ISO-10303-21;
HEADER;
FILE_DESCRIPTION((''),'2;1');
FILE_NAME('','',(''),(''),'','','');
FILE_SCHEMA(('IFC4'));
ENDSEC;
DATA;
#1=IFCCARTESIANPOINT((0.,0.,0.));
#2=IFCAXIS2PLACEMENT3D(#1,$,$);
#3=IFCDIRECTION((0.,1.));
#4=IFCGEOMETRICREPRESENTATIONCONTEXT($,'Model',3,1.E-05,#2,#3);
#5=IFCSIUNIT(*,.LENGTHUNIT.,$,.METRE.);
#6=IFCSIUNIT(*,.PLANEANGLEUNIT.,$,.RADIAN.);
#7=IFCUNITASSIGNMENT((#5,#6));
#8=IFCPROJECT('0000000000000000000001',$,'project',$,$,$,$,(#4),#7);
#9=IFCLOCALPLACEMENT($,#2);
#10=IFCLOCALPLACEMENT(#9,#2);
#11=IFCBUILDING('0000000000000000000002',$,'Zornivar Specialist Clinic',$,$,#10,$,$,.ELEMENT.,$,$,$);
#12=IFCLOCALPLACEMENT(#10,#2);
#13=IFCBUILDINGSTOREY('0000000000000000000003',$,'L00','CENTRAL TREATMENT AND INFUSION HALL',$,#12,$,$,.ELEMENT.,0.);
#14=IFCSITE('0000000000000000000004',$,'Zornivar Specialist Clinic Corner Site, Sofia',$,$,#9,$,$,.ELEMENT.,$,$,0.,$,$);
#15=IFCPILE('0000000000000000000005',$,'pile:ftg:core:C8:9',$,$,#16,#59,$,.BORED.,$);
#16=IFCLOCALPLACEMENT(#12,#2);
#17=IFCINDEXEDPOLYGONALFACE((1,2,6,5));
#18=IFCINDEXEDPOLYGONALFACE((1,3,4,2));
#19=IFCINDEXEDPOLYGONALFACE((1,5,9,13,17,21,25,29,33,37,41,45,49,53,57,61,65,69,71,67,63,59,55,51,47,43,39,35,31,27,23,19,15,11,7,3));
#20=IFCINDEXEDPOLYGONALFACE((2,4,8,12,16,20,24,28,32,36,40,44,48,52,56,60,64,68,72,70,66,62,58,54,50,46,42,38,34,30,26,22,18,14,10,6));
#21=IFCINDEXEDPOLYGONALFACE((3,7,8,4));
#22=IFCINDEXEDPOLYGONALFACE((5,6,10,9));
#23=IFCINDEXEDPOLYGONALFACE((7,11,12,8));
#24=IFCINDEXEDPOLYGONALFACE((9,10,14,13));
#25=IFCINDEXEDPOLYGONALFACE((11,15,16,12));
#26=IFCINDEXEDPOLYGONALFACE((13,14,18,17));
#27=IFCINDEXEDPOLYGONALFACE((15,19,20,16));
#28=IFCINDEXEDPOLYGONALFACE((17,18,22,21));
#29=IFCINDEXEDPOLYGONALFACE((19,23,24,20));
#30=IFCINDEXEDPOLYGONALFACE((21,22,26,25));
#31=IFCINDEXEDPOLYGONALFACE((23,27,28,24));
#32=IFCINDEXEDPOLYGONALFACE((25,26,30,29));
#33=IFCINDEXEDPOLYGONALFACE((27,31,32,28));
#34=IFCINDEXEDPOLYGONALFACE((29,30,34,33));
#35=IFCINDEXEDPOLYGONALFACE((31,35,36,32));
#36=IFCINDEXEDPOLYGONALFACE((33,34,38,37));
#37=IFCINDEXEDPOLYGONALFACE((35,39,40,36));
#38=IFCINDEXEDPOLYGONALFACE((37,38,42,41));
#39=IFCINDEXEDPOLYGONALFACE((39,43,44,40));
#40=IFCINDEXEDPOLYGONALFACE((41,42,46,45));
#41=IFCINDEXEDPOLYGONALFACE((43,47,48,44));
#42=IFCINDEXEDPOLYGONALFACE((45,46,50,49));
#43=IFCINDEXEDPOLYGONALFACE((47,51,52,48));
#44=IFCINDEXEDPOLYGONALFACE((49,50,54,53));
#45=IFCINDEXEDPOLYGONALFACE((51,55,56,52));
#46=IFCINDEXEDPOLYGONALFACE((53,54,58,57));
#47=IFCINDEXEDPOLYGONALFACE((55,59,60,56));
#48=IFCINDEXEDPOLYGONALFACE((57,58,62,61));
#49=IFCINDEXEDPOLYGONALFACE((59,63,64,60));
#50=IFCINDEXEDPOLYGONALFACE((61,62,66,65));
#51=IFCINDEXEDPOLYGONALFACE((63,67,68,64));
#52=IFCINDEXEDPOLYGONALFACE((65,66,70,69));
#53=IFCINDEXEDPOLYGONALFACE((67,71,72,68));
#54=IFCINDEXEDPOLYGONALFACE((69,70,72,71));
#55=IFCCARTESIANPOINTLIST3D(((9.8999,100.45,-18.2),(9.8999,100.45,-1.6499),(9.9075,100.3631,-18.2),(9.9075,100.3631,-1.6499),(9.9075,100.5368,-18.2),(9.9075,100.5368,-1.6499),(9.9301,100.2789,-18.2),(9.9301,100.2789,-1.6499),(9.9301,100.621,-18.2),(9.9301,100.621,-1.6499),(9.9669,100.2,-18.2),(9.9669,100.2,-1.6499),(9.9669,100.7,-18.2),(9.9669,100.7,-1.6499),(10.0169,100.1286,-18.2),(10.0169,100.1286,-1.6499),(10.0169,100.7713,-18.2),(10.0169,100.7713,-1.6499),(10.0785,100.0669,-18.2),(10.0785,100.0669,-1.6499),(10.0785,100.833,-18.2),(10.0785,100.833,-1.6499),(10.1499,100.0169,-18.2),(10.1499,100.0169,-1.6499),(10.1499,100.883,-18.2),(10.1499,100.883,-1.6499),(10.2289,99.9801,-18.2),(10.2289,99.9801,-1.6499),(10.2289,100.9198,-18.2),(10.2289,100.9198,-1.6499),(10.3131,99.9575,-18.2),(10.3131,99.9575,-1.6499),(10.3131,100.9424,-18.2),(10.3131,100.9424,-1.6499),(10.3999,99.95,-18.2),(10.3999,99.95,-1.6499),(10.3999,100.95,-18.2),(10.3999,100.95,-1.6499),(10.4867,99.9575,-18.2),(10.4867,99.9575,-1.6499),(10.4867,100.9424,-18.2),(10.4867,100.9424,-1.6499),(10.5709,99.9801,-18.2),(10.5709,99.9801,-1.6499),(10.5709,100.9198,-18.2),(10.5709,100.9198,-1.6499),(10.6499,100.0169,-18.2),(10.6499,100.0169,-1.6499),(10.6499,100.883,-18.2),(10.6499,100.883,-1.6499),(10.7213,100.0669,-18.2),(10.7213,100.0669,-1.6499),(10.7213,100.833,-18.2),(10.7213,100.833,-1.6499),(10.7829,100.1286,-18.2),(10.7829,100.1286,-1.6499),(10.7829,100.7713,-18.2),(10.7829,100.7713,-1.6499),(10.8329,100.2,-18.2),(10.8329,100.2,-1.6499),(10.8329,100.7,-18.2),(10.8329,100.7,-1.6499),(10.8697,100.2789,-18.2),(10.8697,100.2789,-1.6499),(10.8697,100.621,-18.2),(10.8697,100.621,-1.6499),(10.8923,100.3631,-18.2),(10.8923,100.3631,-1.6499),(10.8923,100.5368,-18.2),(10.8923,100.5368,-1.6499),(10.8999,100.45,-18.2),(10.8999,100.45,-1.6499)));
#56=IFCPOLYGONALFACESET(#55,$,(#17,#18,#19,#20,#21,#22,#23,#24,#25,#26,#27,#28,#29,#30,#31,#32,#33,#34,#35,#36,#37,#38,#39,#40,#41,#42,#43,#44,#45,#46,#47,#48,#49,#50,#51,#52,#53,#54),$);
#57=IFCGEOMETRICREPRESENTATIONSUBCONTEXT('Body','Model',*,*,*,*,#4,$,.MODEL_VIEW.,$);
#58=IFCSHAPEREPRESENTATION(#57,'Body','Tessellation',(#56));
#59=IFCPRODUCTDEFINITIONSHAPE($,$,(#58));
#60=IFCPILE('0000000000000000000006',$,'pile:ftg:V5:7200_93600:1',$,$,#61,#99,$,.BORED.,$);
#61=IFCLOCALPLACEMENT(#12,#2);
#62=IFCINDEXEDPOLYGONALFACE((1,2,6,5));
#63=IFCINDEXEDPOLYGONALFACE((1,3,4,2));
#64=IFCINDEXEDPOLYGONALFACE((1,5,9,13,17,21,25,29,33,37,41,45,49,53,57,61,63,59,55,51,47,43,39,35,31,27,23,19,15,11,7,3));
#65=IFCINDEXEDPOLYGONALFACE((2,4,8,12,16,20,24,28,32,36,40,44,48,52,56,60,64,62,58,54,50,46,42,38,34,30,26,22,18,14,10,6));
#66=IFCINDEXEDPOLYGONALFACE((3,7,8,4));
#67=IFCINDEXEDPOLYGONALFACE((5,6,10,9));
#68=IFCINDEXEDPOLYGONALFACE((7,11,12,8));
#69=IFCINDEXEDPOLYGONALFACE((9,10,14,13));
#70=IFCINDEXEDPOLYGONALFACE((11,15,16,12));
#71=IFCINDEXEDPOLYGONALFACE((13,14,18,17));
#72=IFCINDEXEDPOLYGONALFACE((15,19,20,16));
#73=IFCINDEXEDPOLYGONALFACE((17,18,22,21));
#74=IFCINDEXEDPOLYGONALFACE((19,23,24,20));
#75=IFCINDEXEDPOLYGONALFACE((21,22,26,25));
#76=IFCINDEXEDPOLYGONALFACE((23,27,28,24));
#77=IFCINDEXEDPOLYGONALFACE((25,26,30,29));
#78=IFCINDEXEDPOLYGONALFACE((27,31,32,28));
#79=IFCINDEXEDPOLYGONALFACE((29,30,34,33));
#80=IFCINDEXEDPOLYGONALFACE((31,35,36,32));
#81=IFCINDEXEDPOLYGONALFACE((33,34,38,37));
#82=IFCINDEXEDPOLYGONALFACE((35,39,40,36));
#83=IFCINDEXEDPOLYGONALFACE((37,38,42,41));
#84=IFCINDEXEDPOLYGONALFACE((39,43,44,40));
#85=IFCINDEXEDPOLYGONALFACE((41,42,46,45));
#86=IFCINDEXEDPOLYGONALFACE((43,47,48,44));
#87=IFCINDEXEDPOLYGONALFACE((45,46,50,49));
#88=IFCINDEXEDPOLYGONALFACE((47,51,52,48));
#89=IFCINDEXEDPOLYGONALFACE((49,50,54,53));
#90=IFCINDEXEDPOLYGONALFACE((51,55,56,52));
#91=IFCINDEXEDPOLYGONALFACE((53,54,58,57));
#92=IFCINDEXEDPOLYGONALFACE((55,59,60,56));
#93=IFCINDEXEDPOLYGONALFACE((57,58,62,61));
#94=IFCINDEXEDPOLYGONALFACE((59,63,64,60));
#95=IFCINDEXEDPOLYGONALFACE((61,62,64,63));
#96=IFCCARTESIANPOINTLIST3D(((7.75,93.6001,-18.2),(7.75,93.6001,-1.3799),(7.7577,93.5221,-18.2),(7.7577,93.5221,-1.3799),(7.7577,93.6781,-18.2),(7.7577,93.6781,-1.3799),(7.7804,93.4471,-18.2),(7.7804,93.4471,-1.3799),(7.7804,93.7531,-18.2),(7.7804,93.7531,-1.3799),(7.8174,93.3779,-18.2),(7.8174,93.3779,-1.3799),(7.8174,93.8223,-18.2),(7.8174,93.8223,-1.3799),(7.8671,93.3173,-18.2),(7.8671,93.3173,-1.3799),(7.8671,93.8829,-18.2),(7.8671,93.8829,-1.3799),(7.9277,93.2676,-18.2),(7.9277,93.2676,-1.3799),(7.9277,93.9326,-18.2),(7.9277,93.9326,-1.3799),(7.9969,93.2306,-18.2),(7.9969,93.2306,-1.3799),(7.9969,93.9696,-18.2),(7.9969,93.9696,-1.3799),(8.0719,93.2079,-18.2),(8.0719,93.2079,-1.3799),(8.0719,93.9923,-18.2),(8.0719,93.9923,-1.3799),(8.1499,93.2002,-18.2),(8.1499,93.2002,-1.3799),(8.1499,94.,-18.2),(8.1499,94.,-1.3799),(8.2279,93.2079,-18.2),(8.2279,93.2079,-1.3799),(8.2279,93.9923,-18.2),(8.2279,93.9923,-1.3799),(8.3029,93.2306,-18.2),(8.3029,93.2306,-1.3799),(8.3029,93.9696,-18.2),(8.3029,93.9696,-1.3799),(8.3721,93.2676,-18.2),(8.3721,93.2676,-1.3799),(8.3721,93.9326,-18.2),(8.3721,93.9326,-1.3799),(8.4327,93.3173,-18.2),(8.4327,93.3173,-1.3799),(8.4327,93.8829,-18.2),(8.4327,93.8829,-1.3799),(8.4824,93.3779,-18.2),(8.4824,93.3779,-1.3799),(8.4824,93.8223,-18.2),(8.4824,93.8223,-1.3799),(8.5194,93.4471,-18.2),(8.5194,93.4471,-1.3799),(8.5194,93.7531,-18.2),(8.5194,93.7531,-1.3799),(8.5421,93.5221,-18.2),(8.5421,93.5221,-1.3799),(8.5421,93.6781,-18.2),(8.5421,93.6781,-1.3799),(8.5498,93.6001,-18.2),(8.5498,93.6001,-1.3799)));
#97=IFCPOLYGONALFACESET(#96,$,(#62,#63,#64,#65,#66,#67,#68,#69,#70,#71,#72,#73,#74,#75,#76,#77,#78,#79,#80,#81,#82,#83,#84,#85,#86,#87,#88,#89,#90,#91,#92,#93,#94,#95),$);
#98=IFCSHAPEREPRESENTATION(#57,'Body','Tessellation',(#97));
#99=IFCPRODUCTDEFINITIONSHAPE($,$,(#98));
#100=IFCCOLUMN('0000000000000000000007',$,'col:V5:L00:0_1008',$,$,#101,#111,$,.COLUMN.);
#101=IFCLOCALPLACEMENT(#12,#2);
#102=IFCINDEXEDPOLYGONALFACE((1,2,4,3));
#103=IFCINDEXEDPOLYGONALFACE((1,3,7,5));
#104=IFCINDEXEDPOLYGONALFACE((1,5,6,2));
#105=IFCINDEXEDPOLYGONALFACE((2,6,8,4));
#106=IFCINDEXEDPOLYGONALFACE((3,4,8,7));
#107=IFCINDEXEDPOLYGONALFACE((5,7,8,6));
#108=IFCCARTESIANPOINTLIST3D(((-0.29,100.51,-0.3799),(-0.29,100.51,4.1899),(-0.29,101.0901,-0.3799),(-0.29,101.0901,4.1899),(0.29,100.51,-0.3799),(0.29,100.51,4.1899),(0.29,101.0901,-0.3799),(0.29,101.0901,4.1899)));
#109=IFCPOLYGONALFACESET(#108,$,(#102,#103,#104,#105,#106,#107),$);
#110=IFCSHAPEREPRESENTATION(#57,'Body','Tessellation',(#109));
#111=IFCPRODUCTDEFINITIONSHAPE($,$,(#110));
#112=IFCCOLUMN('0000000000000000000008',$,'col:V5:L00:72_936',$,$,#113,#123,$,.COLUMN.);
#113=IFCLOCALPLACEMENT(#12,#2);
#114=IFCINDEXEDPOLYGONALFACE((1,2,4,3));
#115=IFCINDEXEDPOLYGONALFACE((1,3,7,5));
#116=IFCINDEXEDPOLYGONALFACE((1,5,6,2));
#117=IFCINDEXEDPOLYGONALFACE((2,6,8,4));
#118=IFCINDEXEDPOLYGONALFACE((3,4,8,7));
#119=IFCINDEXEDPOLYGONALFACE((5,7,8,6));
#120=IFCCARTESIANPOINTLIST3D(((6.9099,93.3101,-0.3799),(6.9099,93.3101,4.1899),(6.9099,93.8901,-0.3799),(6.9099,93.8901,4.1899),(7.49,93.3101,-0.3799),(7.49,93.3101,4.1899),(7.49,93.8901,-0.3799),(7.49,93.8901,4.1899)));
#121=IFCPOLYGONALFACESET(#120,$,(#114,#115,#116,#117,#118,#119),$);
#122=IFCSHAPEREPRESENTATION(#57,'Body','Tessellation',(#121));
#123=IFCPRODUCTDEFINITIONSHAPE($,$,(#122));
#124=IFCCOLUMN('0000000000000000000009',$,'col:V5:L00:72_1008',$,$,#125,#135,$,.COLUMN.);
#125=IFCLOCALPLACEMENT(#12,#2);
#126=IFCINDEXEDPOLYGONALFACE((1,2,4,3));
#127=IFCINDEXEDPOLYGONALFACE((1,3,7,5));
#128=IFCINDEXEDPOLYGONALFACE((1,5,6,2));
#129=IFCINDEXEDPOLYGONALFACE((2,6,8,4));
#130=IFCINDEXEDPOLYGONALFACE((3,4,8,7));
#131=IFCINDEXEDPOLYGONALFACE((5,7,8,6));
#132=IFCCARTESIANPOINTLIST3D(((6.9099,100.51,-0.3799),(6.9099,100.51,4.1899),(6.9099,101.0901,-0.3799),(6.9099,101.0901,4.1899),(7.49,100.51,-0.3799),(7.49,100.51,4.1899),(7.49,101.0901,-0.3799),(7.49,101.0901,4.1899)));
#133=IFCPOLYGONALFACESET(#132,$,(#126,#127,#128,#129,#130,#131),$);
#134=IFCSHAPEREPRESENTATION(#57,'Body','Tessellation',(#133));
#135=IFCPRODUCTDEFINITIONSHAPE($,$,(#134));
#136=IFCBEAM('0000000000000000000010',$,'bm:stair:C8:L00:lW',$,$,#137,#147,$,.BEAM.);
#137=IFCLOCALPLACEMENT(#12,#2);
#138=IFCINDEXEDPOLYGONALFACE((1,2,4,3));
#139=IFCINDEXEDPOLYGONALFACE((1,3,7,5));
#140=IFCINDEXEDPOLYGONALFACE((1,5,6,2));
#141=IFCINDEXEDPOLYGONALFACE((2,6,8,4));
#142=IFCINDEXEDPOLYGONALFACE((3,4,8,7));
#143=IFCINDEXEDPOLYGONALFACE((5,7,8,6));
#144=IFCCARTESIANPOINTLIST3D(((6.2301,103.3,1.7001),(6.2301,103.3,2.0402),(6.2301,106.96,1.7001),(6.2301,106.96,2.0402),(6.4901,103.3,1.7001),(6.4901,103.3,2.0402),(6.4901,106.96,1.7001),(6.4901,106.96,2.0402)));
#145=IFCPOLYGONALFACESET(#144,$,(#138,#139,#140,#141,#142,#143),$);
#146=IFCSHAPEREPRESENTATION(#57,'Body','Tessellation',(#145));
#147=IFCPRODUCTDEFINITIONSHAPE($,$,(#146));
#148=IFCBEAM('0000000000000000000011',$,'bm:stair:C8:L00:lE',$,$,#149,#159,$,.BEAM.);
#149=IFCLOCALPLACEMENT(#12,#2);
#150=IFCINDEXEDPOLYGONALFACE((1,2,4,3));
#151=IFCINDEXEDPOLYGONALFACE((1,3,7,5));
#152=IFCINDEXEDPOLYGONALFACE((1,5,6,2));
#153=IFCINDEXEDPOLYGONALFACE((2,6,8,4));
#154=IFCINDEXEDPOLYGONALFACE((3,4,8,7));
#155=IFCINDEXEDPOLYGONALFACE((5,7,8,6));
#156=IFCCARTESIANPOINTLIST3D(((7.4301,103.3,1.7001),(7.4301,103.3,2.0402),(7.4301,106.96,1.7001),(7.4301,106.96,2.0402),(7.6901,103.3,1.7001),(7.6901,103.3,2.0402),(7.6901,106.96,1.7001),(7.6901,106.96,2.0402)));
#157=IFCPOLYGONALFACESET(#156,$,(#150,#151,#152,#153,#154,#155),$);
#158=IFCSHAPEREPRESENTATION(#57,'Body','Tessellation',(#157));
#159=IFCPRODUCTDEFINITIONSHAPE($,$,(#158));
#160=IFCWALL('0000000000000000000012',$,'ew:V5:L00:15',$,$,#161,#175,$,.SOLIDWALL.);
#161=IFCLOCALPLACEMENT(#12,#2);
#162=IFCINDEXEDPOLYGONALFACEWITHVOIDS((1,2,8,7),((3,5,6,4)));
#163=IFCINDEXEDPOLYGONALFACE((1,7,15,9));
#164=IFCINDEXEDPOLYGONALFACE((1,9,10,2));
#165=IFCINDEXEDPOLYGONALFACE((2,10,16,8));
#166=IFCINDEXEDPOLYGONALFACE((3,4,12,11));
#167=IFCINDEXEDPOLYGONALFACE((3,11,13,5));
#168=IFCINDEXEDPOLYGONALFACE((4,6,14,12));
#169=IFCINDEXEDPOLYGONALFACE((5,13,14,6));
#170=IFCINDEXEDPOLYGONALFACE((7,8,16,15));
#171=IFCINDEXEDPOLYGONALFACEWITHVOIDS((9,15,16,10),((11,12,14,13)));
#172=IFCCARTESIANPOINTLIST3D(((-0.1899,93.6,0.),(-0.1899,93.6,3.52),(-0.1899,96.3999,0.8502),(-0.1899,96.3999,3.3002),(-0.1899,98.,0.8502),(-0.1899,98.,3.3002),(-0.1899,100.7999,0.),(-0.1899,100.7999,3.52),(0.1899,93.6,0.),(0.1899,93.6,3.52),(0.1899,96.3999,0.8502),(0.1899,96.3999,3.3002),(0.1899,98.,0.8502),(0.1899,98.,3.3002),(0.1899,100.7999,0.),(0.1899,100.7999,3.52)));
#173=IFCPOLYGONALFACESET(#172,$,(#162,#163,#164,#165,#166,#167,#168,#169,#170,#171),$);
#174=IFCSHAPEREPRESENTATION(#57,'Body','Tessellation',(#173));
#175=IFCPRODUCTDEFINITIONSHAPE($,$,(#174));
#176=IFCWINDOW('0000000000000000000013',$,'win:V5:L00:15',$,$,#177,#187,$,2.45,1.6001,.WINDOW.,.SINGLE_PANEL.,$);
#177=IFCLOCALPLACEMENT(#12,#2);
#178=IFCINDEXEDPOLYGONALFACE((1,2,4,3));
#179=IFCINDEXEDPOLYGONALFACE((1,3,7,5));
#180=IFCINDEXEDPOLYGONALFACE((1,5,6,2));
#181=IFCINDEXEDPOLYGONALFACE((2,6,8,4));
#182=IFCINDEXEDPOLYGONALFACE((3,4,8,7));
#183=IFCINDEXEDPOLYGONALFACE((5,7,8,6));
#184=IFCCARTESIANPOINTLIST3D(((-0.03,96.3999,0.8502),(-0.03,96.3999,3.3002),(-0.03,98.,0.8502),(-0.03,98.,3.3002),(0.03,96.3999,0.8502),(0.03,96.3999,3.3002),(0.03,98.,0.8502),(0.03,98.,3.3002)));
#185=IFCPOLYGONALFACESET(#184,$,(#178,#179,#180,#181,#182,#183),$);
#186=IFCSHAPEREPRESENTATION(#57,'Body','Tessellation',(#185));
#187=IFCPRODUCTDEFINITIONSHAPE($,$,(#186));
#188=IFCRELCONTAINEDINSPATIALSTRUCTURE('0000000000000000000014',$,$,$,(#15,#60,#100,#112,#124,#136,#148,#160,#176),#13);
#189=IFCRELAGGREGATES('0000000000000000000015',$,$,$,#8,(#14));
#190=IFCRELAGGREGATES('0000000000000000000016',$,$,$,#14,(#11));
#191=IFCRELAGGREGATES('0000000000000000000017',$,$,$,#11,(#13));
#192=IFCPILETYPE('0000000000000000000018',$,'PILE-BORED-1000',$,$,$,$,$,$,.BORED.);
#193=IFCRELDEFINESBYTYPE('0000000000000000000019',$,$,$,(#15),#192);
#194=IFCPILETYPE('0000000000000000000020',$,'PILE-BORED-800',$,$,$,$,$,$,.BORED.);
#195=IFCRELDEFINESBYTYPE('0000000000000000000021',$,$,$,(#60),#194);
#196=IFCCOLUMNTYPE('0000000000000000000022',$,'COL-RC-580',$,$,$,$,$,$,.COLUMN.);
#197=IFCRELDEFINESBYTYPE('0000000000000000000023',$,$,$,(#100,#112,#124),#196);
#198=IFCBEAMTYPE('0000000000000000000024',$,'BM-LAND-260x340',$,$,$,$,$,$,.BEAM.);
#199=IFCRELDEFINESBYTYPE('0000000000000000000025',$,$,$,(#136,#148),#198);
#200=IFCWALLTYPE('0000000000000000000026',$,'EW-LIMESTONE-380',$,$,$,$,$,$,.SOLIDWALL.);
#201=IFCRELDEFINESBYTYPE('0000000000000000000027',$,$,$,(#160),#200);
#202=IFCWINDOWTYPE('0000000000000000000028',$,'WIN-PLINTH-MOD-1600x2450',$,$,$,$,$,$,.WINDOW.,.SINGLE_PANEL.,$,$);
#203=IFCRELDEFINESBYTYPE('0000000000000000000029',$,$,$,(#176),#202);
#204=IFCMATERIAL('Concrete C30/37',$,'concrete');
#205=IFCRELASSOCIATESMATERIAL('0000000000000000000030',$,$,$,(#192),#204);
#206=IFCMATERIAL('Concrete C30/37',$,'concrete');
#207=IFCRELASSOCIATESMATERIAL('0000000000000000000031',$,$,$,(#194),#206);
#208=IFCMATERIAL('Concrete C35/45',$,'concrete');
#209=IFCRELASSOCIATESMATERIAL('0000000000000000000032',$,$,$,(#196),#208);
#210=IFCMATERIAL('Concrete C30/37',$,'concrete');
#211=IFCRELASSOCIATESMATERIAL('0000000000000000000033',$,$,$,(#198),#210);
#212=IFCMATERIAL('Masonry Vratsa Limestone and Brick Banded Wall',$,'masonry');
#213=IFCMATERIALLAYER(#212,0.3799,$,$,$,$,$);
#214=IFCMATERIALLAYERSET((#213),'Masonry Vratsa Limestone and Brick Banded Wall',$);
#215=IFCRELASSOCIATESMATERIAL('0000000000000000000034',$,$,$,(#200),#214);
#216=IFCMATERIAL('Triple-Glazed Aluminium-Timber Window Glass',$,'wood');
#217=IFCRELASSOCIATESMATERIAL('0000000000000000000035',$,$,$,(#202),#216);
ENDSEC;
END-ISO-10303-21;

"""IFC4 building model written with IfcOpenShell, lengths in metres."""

from ifc_helpers import new_model, si_unit, direction, frame, frame_2d, origin, origin_2d, place, context, subcontext, project, spatial, rectangle, circle, extrude, material, layer, layer_set, material_profile, profile_set, type_object, element, fill, save


model = new_model("IFC4")

# Units and contexts
model_context = context("Model", 3, precision=1e-05, world=origin(), true_north=direction((0.0, 1.0)))
body_context = subcontext(model_context, "Body", "Model", "MODEL_VIEW")
ifc_project = project(units=[si_unit("LENGTHUNIT", "METRE"), si_unit("PLANEANGLEUNIT", "RADIAN")], contexts=[model_context])

# Site, building, storey
site_placement = place(None, origin())
site = spatial("IfcSite", under=ifc_project, at=site_placement, Name="Zornivar Specialist Clinic Corner Site, Sofia", CompositionType="ELEMENT", RefElevation=0.0)
building_placement = place(site_placement, origin())
building = spatial("IfcBuilding", under=site, at=building_placement, Name="Zornivar Specialist Clinic", CompositionType="ELEMENT")
storey_placement = place(building_placement, origin())
storey = spatial("IfcBuildingStorey", under=building, at=storey_placement, Name="L00", Description="CENTRAL TREATMENT AND INFUSION HALL", CompositionType="ELEMENT", Elevation=0.0)

# Piles
ifc_material_1 = material(Name="Concrete C30/37", Category="concrete")
ifc_material_profile_1 = material_profile(ifc_material_1, circle(Radius=0.5, at=origin_2d()), Name="PILE D1000")
ifc_profile_set_1 = profile_set([ifc_material_profile_1], Name="Concrete C30/37")
pile_type_1 = type_object("IfcPileType", Name="PILE-BORED-1000", PredefinedType="BORED", material=ifc_profile_set_1)
for number, where, z_axis, x_axis, name in (
    (1, (10.3999, 100.45, -1.6499), (0.0, 0.0, -1.0), (1.0, 0.0, 0.0), "pile:ftg:core:C8:9"),
):
    element("IfcPile", number, at=place(storey_placement, frame(where, z_axis=z_axis, x_axis=x_axis)), inside=storey, type_object=pile_type_1, Name=name, PredefinedType="BORED", context=body_context, shape_type="SweptSolid", body=[
        extrude(circle(Radius=0.5, at=origin_2d()), origin(), (0.0, 0.0, 1.0), 16.55),
    ])
ifc_material_2 = material(Name="Concrete C30/37", Category="concrete")
ifc_material_profile_2 = material_profile(ifc_material_2, circle(Radius=0.3999, at=origin_2d()), Name="PILE D800")
ifc_profile_set_2 = profile_set([ifc_material_profile_2], Name="Concrete C30/37")
pile_type_2 = type_object("IfcPileType", Name="PILE-BORED-800", PredefinedType="BORED", material=ifc_profile_set_2)
pile_placement = place(storey_placement, frame((8.1499, 93.6001, -1.3799), z_axis=(0.0, 0.0, -1.0), x_axis=(1.0, 0.0, 0.0)))
element("IfcPile", 2, at=pile_placement, inside=storey, type_object=pile_type_2, Name="pile:ftg:V5:7200_93600:1", PredefinedType="BORED", context=body_context, shape_type="SweptSolid", body=[
    extrude(circle(Radius=0.3999, at=origin_2d()), origin(), (0.0, 0.0, 1.0), 16.8201),
])

# Columns
ifc_material_3 = material(Name="Concrete C35/45", Category="concrete")
ifc_material_profile_3 = material_profile(ifc_material_3, rectangle(XDim=0.5801, YDim=0.5801, at=origin_2d()), Name="RC 580x580")
ifc_profile_set_3 = profile_set([ifc_material_profile_3], Name="Concrete C35/45")
column_type = type_object("IfcColumnType", Name="COL-RC-580", PredefinedType="COLUMN", material=ifc_profile_set_3)
for number, where, z_axis, x_axis, name in (
    (3, (0.0, 100.8, -0.3799), (0.0, 0.0, 1.0), (1.0, 0.0, 0.0), "col:V5:L00:0_1008"),
    (4, (7.2, 93.6001, -0.3799), (0.0, 0.0, 1.0), (1.0, 0.0, 0.0), "col:V5:L00:72_936"),
    (5, (7.2, 100.8, -0.3799), (0.0, 0.0, 1.0), (1.0, 0.0, 0.0), "col:V5:L00:72_1008"),
):
    element("IfcColumn", number, at=place(storey_placement, frame(where, z_axis=z_axis, x_axis=x_axis)), inside=storey, type_object=column_type, Name=name, PredefinedType="COLUMN", context=body_context, shape_type="SweptSolid", body=[
        extrude(rectangle(XDim=0.5801, YDim=0.5801, at=origin_2d()), origin(), (0.0, 0.0, 1.0), 4.5698),
    ])

# Beams
ifc_material_4 = material(Name="Concrete C30/37", Category="concrete")
ifc_material_profile_4 = material_profile(ifc_material_4, rectangle(XDim=0.26, YDim=0.3401, at=origin_2d()), Name="RC 260x340")
ifc_profile_set_4 = profile_set([ifc_material_profile_4], Name="Concrete C30/37")
beam_type = type_object("IfcBeamType", Name="BM-LAND-260x340", PredefinedType="BEAM", material=ifc_profile_set_4)
for number, where, z_axis, x_axis, name in (
    (6, (6.3601, 103.3, 1.8701), (0.0, 1.0, 0.0), (-1.0, 0.0, 0.0), "bm:stair:C8:L00:lW"),
    (7, (7.5601, 103.3, 1.8701), (0.0, 1.0, 0.0), (-1.0, 0.0, 0.0), "bm:stair:C8:L00:lE"),
):
    element("IfcBeam", number, at=place(storey_placement, frame(where, z_axis=z_axis, x_axis=x_axis)), inside=storey, type_object=beam_type, Name=name, PredefinedType="BEAM", context=body_context, shape_type="SweptSolid", body=[
        extrude(rectangle(XDim=0.26, YDim=0.3401, at=origin_2d()), origin(), (0.0, 0.0, 1.0), 3.6599),
    ])

# Wall, opening, window
ifc_material_5 = material(Name="Masonry Vratsa Limestone and Brick Banded Wall", Category="masonry")
ifc_layer_1 = layer(ifc_material_5, 0.3799)
ifc_layer_set_1 = layer_set([ifc_layer_1], Name="Masonry Vratsa Limestone and Brick Banded Wall")
wall_type_1 = type_object("IfcWallType", Name="EW-LIMESTONE-380", PredefinedType="SOLIDWALL", material=ifc_layer_set_1)
wall_1_placement = place(storey_placement, frame((0.0, 100.8, 0.0), z_axis=(0.0, 0.0, 1.0), x_axis=(0.0, -1.0, 0.0)))
wall_1 = element("IfcWall", 8, at=wall_1_placement, inside=storey, type_object=wall_type_1, Name="ew:V5:L00:15", PredefinedType="SOLIDWALL", context=body_context, shape_type="SweptSolid", body=[
    extrude(rectangle(XDim=7.2, YDim=0.3799, at=frame_2d((3.6001, 0.0))), origin(), (0.0, 0.0, 1.0), 3.52),
])
opening_1_placement = place(wall_1_placement, frame((2.8, 0.0, 0.8501)))
opening_1 = element("IfcOpeningElement", 9, at=opening_1_placement, cuts=wall_1, PredefinedType="OPENING", context=body_context, shape_type="SweptSolid", body=[
    extrude(rectangle(XDim=1.6001, YDim=2.45, at=frame_2d((0.8, 1.2251))), frame((0.0, 0.2, 0.0), z_axis=(0.0, -1.0, 0.0), x_axis=(1.0, 0.0, 0.0)), (0.0, 0.0, 1.0), 0.3999),
])
ifc_material_6 = material(Name="Triple-Glazed Aluminium-Timber Window Glass", Category="wood")
window_type = type_object("IfcWindowType", Name="WIN-PLINTH-MOD-1600x2450", PartitioningType="SINGLE_PANEL", PredefinedType="WINDOW", material=ifc_material_6)
window_placement = place(opening_1_placement, origin())
window = element("IfcWindow", 10, at=window_placement, inside=storey, type_object=window_type, Name="win:V5:L00:15", OverallHeight=2.45, OverallWidth=1.6001, PartitioningType="SINGLE_PANEL", PredefinedType="WINDOW", context=body_context, shape_type="SweptSolid", body=[
    extrude(rectangle(XDim=1.6001, YDim=2.45, at=frame_2d((0.8, 1.2251))), frame((0.0, 0.03, 0.0), z_axis=(0.0, -1.0, 0.0), x_axis=(1.0, 0.0, 0.0)), (0.0, 0.0, 1.0), 0.0601),
])
fill(opening_1, window)

save(model, "model.ifc")
